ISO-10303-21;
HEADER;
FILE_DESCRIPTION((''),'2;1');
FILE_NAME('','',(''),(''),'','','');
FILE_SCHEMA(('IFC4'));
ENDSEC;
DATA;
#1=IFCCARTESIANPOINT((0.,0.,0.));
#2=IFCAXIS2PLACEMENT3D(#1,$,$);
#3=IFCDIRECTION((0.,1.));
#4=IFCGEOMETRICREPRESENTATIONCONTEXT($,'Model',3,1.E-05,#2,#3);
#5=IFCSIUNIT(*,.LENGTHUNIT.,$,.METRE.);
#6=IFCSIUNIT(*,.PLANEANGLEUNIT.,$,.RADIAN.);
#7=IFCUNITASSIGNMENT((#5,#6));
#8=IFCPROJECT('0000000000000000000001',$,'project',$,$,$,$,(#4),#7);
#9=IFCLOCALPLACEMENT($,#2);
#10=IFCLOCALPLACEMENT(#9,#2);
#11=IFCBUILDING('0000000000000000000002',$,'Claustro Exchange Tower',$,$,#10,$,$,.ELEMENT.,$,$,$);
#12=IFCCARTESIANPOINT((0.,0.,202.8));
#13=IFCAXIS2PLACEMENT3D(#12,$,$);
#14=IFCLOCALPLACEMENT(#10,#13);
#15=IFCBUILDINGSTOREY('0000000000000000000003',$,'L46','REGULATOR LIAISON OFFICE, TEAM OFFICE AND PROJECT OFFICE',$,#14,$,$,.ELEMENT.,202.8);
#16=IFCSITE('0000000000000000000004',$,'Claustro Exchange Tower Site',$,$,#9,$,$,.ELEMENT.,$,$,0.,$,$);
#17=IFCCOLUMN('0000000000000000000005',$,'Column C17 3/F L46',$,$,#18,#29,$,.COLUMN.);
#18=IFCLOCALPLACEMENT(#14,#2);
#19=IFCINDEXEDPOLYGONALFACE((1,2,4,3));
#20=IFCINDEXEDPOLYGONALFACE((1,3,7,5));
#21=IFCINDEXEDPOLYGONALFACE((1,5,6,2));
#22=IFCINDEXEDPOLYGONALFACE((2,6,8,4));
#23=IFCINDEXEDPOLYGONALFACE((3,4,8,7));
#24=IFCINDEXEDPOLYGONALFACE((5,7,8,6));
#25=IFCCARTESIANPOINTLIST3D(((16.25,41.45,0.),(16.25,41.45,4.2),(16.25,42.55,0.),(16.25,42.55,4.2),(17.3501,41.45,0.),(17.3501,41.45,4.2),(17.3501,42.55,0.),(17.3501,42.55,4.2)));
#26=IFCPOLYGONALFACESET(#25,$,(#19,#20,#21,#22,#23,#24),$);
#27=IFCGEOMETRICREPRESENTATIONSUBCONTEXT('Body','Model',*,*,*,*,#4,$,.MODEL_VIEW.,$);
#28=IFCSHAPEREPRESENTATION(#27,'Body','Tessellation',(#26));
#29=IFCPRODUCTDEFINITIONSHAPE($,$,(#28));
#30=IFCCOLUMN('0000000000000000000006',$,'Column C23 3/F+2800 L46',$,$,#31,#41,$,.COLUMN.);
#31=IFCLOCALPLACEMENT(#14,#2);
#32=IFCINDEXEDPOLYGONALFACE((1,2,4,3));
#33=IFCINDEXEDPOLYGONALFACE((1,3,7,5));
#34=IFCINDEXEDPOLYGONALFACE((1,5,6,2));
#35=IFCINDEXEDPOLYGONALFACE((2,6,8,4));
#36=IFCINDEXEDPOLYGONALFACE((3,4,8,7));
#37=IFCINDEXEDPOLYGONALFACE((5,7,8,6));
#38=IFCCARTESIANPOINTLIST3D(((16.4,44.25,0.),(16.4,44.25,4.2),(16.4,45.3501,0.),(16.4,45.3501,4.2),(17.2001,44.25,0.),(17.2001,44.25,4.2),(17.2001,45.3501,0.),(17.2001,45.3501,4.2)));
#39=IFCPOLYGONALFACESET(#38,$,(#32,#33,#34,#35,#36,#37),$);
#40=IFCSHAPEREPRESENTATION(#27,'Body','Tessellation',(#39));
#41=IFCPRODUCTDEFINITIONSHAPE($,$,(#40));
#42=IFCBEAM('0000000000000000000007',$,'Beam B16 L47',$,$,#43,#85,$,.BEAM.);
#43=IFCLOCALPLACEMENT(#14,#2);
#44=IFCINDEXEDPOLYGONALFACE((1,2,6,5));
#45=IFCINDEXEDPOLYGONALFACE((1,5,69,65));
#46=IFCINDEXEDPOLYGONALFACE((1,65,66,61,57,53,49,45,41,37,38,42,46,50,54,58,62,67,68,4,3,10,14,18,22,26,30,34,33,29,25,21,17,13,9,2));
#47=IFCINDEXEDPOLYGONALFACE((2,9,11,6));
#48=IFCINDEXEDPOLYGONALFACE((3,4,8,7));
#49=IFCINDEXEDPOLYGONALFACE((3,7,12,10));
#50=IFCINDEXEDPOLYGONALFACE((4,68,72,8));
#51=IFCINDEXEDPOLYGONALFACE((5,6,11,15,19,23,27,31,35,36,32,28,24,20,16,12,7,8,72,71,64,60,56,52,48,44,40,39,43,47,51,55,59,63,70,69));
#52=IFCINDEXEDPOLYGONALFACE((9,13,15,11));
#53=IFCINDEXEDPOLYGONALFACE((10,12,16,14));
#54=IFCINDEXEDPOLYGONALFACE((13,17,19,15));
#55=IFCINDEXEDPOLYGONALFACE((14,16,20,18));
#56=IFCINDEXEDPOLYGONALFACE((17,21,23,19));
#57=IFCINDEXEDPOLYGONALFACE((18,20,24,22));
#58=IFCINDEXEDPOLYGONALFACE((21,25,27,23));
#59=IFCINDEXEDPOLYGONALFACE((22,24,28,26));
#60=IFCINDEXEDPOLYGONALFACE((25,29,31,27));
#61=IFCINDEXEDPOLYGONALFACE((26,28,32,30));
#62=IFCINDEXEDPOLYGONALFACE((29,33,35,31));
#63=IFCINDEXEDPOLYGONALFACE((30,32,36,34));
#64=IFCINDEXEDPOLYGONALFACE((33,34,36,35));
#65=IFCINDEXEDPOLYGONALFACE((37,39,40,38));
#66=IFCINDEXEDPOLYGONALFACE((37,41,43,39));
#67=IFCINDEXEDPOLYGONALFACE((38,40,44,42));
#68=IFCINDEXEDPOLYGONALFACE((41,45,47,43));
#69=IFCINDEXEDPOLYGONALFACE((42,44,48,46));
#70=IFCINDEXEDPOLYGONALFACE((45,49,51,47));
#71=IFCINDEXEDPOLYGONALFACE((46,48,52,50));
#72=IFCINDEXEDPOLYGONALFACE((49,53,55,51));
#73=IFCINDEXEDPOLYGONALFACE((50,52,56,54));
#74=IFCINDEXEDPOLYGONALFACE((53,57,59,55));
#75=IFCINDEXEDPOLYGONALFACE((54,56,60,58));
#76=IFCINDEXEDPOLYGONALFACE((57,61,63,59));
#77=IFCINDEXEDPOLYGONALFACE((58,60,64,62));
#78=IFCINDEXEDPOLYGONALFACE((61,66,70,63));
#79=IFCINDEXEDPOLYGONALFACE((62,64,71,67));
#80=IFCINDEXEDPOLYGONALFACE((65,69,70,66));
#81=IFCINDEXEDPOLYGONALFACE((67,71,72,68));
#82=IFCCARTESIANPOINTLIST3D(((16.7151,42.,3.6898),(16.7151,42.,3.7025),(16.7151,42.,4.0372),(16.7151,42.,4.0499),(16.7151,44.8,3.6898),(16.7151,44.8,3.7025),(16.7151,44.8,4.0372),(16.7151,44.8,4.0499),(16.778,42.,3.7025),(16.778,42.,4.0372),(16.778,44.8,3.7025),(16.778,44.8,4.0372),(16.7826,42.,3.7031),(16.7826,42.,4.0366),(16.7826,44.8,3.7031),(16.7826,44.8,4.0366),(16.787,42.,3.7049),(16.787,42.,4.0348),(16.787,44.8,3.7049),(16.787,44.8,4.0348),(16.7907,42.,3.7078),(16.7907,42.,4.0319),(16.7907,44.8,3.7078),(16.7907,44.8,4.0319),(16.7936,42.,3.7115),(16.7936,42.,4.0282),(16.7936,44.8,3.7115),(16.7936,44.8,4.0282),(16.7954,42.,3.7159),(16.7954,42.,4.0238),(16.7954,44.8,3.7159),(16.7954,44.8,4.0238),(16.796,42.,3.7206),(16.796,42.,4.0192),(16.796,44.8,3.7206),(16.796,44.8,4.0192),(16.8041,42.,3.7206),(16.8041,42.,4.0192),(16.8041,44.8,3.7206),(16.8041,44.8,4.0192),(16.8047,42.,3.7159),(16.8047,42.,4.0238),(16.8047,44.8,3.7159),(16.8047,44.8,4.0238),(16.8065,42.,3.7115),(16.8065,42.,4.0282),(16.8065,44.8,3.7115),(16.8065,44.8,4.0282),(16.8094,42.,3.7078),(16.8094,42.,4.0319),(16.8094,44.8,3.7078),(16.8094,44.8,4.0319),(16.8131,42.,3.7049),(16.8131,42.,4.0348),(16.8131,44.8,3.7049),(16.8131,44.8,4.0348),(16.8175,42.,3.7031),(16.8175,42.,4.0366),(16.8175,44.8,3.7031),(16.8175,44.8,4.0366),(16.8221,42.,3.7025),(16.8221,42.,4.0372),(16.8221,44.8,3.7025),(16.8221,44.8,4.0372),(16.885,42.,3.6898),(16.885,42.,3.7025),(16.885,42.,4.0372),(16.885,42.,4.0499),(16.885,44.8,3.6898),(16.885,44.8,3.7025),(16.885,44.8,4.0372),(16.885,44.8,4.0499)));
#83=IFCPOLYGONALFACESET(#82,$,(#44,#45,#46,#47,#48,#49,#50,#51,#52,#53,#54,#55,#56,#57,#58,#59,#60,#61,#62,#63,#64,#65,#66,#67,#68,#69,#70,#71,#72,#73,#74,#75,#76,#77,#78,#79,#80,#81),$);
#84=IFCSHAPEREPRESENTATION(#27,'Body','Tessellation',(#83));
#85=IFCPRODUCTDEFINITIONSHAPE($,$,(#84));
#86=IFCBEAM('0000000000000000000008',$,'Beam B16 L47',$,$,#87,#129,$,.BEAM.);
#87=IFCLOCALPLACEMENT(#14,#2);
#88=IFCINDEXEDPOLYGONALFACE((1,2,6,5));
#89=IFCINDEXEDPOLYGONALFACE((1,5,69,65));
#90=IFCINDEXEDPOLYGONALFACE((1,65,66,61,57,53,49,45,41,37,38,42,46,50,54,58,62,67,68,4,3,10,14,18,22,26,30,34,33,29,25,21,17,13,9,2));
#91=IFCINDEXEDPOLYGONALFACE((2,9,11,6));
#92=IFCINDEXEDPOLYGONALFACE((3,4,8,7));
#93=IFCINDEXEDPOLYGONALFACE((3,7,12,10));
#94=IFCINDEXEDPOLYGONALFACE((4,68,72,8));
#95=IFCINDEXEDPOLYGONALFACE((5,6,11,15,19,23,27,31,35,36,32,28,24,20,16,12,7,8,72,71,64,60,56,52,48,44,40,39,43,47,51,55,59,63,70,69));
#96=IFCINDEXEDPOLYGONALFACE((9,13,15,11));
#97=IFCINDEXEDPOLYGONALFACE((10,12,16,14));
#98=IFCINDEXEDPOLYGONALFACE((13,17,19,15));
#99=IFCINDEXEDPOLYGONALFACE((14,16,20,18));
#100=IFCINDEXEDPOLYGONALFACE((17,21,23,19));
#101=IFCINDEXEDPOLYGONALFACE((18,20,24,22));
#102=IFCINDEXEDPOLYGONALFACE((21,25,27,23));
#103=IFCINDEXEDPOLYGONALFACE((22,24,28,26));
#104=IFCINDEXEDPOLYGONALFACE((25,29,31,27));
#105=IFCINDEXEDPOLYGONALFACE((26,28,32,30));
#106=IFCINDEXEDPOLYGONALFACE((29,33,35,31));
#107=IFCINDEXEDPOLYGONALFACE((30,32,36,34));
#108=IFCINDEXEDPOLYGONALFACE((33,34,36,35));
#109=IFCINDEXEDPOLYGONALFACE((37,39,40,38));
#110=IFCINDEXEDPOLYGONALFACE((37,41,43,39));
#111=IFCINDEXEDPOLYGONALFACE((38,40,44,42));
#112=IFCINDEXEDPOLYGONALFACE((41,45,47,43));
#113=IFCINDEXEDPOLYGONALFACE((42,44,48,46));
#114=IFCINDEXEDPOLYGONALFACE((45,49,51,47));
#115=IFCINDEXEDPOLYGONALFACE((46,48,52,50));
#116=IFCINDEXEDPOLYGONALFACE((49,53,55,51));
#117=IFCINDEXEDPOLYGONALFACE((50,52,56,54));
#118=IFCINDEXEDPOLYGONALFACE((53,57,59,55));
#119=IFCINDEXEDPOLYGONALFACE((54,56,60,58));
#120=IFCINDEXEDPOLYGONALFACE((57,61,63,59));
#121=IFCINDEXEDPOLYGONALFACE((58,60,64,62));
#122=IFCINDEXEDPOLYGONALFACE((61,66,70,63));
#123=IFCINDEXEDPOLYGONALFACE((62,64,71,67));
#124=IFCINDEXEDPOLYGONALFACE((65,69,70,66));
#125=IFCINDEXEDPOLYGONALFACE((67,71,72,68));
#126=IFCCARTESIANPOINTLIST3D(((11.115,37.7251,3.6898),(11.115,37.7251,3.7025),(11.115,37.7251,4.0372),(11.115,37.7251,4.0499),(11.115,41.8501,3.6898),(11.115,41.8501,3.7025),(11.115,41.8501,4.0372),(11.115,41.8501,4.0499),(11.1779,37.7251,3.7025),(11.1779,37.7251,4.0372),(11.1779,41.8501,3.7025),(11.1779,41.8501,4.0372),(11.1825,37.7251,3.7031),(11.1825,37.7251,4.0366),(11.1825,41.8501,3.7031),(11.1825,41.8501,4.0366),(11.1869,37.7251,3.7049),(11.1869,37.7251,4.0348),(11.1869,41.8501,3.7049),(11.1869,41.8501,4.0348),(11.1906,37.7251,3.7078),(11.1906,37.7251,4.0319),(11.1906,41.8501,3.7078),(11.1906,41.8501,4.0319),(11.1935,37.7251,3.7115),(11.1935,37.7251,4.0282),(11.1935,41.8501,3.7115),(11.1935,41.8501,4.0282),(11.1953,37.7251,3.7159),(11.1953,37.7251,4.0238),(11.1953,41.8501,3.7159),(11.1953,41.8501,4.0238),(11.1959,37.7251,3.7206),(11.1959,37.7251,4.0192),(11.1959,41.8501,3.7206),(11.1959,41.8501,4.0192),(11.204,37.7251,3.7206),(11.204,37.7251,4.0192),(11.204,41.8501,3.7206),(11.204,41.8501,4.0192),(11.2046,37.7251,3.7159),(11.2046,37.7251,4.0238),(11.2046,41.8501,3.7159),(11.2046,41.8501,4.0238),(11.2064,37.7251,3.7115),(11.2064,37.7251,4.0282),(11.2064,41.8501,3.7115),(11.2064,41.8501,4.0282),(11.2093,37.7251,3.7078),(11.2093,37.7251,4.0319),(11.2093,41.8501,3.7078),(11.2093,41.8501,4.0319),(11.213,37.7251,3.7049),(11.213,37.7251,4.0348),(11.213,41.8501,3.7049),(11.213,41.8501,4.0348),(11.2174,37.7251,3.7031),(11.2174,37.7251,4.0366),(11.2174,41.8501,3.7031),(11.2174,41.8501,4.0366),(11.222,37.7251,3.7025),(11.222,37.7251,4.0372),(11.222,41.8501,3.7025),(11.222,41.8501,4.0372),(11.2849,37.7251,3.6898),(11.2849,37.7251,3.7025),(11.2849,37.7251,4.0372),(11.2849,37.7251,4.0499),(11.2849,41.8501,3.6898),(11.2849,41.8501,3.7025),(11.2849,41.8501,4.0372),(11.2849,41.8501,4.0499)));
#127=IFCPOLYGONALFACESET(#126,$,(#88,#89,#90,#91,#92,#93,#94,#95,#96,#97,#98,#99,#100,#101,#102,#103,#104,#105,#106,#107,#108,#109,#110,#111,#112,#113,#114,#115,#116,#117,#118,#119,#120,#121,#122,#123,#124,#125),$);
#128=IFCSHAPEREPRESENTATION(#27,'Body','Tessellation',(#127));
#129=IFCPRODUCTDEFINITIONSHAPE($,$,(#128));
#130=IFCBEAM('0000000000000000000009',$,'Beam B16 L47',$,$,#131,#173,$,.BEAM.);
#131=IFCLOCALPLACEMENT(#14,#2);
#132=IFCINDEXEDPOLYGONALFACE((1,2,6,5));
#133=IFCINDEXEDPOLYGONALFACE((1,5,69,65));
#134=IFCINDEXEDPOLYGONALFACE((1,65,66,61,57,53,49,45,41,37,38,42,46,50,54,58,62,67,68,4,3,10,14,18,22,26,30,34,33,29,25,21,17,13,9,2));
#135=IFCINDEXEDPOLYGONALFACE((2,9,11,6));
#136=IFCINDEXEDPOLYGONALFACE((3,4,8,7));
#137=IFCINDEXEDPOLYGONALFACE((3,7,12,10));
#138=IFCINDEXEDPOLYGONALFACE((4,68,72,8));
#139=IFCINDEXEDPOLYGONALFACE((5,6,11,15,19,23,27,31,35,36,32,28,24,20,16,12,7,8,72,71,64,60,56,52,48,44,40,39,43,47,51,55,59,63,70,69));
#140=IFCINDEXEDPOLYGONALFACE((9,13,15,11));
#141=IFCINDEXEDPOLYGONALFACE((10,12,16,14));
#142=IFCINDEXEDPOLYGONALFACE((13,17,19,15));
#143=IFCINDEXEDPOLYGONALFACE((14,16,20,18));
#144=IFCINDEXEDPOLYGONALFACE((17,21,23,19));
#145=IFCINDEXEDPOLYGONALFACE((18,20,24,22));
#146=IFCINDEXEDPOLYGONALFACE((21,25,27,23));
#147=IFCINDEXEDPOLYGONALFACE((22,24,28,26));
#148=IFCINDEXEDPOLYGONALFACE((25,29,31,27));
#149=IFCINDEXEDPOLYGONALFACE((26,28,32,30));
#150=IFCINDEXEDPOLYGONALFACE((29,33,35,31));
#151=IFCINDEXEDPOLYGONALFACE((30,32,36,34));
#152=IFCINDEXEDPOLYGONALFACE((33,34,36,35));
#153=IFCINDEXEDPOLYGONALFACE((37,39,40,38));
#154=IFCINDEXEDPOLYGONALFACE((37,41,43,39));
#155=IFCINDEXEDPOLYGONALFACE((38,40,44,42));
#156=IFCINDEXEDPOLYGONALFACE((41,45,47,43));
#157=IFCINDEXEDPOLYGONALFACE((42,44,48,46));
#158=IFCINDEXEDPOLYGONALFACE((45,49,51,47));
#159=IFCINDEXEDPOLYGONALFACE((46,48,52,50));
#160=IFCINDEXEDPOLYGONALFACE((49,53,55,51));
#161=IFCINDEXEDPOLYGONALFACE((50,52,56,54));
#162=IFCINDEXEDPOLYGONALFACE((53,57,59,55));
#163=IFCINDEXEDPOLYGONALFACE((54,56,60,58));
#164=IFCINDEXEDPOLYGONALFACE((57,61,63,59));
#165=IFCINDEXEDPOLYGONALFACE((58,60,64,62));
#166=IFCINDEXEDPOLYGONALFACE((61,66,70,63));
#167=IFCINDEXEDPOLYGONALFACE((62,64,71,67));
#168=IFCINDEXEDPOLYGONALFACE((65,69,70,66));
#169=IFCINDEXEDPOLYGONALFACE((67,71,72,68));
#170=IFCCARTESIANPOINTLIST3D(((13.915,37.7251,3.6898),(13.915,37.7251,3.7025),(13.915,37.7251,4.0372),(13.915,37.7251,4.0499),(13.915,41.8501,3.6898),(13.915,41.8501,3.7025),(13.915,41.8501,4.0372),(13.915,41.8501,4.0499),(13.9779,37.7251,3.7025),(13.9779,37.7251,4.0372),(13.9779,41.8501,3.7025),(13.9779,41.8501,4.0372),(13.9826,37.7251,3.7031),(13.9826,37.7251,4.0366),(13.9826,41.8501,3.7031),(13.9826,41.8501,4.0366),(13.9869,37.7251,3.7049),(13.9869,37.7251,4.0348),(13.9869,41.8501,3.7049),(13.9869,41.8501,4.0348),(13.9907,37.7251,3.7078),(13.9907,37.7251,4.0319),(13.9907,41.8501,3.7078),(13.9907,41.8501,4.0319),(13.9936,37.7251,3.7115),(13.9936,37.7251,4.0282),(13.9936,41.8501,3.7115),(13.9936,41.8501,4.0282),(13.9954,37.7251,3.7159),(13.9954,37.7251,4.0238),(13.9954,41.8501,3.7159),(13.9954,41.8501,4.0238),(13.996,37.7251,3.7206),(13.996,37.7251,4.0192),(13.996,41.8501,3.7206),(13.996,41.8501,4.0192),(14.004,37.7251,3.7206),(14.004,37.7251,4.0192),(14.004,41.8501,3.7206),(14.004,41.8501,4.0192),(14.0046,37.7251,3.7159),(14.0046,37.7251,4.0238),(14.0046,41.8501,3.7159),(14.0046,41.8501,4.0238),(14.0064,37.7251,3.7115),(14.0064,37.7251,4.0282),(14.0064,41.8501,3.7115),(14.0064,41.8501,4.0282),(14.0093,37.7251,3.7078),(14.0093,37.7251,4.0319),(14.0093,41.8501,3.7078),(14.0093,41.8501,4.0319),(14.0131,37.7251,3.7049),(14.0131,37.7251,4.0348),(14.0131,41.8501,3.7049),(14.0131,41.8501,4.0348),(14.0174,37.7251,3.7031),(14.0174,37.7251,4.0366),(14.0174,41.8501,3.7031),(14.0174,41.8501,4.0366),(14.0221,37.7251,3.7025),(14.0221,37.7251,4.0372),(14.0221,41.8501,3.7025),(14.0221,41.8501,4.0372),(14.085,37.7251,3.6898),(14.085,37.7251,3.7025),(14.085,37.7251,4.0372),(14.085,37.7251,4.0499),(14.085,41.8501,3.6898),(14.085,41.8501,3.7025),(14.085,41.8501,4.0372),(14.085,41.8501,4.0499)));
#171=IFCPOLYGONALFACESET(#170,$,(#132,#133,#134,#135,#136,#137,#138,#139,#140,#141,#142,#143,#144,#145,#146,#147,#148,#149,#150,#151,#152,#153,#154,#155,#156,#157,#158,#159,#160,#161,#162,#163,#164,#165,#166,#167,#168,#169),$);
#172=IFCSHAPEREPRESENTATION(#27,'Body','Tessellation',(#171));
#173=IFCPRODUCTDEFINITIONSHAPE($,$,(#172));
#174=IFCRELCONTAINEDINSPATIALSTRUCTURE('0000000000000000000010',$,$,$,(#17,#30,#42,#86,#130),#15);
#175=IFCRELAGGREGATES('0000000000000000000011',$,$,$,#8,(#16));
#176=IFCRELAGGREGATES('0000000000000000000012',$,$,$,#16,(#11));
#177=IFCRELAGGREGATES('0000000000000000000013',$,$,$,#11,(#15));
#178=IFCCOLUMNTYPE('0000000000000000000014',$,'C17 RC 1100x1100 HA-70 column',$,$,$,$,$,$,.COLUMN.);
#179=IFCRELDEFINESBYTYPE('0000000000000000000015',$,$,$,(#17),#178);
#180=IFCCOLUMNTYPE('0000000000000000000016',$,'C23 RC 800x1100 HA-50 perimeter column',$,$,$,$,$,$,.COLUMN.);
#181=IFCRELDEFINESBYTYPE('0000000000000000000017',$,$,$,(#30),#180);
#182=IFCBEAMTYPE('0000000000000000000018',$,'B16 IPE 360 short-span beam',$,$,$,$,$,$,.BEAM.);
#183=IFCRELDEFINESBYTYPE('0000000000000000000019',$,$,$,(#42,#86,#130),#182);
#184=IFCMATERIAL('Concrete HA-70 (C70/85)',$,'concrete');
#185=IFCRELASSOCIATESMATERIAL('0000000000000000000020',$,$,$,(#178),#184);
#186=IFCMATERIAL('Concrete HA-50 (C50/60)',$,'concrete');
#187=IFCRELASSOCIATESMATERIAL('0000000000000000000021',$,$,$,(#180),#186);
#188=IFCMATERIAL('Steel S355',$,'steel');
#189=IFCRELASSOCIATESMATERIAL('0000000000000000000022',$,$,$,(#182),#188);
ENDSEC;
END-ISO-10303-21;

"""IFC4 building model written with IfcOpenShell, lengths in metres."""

from ifc_helpers import new_model, si_unit, direction, frame, origin, origin_2d, place, context, subcontext, project, spatial, rectangle, i_section, extrude, material, material_profile, profile_set, type_object, element, save


model = new_model("IFC4")

# Units and contexts
model_context = context("Model", 3, precision=1e-05, world=origin(), true_north=direction((0.0, 1.0)))
body_context = subcontext(model_context, "Body", "Model", "MODEL_VIEW")
ifc_project = project(units=[si_unit("LENGTHUNIT", "METRE"), si_unit("PLANEANGLEUNIT", "RADIAN")], contexts=[model_context])

# Site, building, storey
site_placement = place(None, origin())
site = spatial("IfcSite", under=ifc_project, at=site_placement, Name="Claustro Exchange Tower Site", CompositionType="ELEMENT", RefElevation=0.0)
building_placement = place(site_placement, origin())
building = spatial("IfcBuilding", under=site, at=building_placement, Name="Claustro Exchange Tower", CompositionType="ELEMENT")
storey_placement = place(building_placement, frame((0.0, 0.0, 202.8)))
storey = spatial("IfcBuildingStorey", under=building, at=storey_placement, Name="L46", Description="REGULATOR LIAISON OFFICE, TEAM OFFICE AND PROJECT OFFICE", CompositionType="ELEMENT", Elevation=202.8)

# Columns
ifc_material_1 = material(Name="Concrete HA-70 (C70/85)", Category="concrete")
ifc_material_profile_1 = material_profile(ifc_material_1, rectangle(XDim=1.1001, YDim=1.1001, at=origin_2d()), Name="RC 1100x1100")
ifc_profile_set_1 = profile_set([ifc_material_profile_1], Name="Concrete HA-70 (C70/85)")
column_type_1 = type_object("IfcColumnType", Name="C17 RC 1100x1100 HA-70 column", PredefinedType="COLUMN", material=ifc_profile_set_1)
column_1_placement = place(storey_placement, frame((16.8, 42.0, 0.0), z_axis=(0.0, 0.0, 1.0), x_axis=(1.0, 0.0, 0.0)))
element("IfcColumn", 1, at=column_1_placement, inside=storey, type_object=column_type_1, Name="Column C17 3/F L46", PredefinedType="COLUMN", context=body_context, shape_type="SweptSolid", body=[
    extrude(rectangle(XDim=1.1001, YDim=1.1001, at=origin_2d()), origin(), (0.0, 0.0, 1.0), 4.2),
])
ifc_material_2 = material(Name="Concrete HA-50 (C50/60)", Category="concrete")
ifc_material_profile_2 = material_profile(ifc_material_2, rectangle(XDim=0.8, YDim=1.1001, at=origin_2d()), Name="RC 800x1100")
ifc_profile_set_2 = profile_set([ifc_material_profile_2], Name="Concrete HA-50 (C50/60)")
column_type_2 = type_object("IfcColumnType", Name="C23 RC 800x1100 HA-50 perimeter column", PredefinedType="COLUMN", material=ifc_profile_set_2)
column_2_placement = place(storey_placement, frame((16.8, 44.8, 0.0), z_axis=(0.0, 0.0, 1.0), x_axis=(1.0, 0.0, 0.0)))
element("IfcColumn", 2, at=column_2_placement, inside=storey, type_object=column_type_2, Name="Column C23 3/F+2800 L46", PredefinedType="COLUMN", context=body_context, shape_type="SweptSolid", body=[
    extrude(rectangle(XDim=0.8, YDim=1.1001, at=origin_2d()), origin(), (0.0, 0.0, 1.0), 4.2),
])

# Beams
ifc_material_3 = material(Name="Steel S355", Category="steel")
ifc_material_profile_3 = material_profile(ifc_material_3, i_section(OverallWidth=0.1699, OverallDepth=0.3601, WebThickness=0.0081, FlangeThickness=0.0127, FilletRadius=0.0181, at=origin_2d()), Name="IPE 360")
ifc_profile_set_3 = profile_set([ifc_material_profile_3], Name="Steel S355")
beam_type_1 = type_object("IfcBeamType", Name="B16 IPE 360 short-span beam", PredefinedType="BEAM", material=ifc_profile_set_3)
beam_1_placement = place(storey_placement, frame((16.8, 42.0, 3.8699), z_axis=(0.0, 1.0, 0.0), x_axis=(-1.0, 0.0, 0.0)))
element("IfcBeam", 3, at=beam_1_placement, inside=storey, type_object=beam_type_1, Name="Beam B16 L47", PredefinedType="BEAM", context=body_context, shape_type="SweptSolid", body=[
    extrude(i_section(OverallWidth=0.1699, OverallDepth=0.3601, WebThickness=0.0081, FlangeThickness=0.0127, FilletRadius=0.0181, at=origin_2d()), origin(), (0.0, 0.0, 1.0), 2.8),
])
for number, where, z_axis, x_axis, name in (
    (4, (11.2, 37.7251, 3.8699), (0.0, 1.0, 0.0), (-1.0, 0.0, 0.0), "Beam B16 L47"),
    (5, (14.0, 37.7251, 3.8699), (0.0, 1.0, 0.0), (-1.0, 0.0, 0.0), "Beam B16 L47"),
):
    element("IfcBeam", number, at=place(storey_placement, frame(where, z_axis=z_axis, x_axis=x_axis)), inside=storey, type_object=beam_type_1, Name=name, PredefinedType="BEAM", context=body_context, shape_type="SweptSolid", body=[
        extrude(i_section(OverallWidth=0.1699, OverallDepth=0.3601, WebThickness=0.0081, FlangeThickness=0.0127, FilletRadius=0.0181, at=origin_2d()), origin(), (0.0, 0.0, 1.0), 4.125),
    ])

save(model, "model.ifc")
